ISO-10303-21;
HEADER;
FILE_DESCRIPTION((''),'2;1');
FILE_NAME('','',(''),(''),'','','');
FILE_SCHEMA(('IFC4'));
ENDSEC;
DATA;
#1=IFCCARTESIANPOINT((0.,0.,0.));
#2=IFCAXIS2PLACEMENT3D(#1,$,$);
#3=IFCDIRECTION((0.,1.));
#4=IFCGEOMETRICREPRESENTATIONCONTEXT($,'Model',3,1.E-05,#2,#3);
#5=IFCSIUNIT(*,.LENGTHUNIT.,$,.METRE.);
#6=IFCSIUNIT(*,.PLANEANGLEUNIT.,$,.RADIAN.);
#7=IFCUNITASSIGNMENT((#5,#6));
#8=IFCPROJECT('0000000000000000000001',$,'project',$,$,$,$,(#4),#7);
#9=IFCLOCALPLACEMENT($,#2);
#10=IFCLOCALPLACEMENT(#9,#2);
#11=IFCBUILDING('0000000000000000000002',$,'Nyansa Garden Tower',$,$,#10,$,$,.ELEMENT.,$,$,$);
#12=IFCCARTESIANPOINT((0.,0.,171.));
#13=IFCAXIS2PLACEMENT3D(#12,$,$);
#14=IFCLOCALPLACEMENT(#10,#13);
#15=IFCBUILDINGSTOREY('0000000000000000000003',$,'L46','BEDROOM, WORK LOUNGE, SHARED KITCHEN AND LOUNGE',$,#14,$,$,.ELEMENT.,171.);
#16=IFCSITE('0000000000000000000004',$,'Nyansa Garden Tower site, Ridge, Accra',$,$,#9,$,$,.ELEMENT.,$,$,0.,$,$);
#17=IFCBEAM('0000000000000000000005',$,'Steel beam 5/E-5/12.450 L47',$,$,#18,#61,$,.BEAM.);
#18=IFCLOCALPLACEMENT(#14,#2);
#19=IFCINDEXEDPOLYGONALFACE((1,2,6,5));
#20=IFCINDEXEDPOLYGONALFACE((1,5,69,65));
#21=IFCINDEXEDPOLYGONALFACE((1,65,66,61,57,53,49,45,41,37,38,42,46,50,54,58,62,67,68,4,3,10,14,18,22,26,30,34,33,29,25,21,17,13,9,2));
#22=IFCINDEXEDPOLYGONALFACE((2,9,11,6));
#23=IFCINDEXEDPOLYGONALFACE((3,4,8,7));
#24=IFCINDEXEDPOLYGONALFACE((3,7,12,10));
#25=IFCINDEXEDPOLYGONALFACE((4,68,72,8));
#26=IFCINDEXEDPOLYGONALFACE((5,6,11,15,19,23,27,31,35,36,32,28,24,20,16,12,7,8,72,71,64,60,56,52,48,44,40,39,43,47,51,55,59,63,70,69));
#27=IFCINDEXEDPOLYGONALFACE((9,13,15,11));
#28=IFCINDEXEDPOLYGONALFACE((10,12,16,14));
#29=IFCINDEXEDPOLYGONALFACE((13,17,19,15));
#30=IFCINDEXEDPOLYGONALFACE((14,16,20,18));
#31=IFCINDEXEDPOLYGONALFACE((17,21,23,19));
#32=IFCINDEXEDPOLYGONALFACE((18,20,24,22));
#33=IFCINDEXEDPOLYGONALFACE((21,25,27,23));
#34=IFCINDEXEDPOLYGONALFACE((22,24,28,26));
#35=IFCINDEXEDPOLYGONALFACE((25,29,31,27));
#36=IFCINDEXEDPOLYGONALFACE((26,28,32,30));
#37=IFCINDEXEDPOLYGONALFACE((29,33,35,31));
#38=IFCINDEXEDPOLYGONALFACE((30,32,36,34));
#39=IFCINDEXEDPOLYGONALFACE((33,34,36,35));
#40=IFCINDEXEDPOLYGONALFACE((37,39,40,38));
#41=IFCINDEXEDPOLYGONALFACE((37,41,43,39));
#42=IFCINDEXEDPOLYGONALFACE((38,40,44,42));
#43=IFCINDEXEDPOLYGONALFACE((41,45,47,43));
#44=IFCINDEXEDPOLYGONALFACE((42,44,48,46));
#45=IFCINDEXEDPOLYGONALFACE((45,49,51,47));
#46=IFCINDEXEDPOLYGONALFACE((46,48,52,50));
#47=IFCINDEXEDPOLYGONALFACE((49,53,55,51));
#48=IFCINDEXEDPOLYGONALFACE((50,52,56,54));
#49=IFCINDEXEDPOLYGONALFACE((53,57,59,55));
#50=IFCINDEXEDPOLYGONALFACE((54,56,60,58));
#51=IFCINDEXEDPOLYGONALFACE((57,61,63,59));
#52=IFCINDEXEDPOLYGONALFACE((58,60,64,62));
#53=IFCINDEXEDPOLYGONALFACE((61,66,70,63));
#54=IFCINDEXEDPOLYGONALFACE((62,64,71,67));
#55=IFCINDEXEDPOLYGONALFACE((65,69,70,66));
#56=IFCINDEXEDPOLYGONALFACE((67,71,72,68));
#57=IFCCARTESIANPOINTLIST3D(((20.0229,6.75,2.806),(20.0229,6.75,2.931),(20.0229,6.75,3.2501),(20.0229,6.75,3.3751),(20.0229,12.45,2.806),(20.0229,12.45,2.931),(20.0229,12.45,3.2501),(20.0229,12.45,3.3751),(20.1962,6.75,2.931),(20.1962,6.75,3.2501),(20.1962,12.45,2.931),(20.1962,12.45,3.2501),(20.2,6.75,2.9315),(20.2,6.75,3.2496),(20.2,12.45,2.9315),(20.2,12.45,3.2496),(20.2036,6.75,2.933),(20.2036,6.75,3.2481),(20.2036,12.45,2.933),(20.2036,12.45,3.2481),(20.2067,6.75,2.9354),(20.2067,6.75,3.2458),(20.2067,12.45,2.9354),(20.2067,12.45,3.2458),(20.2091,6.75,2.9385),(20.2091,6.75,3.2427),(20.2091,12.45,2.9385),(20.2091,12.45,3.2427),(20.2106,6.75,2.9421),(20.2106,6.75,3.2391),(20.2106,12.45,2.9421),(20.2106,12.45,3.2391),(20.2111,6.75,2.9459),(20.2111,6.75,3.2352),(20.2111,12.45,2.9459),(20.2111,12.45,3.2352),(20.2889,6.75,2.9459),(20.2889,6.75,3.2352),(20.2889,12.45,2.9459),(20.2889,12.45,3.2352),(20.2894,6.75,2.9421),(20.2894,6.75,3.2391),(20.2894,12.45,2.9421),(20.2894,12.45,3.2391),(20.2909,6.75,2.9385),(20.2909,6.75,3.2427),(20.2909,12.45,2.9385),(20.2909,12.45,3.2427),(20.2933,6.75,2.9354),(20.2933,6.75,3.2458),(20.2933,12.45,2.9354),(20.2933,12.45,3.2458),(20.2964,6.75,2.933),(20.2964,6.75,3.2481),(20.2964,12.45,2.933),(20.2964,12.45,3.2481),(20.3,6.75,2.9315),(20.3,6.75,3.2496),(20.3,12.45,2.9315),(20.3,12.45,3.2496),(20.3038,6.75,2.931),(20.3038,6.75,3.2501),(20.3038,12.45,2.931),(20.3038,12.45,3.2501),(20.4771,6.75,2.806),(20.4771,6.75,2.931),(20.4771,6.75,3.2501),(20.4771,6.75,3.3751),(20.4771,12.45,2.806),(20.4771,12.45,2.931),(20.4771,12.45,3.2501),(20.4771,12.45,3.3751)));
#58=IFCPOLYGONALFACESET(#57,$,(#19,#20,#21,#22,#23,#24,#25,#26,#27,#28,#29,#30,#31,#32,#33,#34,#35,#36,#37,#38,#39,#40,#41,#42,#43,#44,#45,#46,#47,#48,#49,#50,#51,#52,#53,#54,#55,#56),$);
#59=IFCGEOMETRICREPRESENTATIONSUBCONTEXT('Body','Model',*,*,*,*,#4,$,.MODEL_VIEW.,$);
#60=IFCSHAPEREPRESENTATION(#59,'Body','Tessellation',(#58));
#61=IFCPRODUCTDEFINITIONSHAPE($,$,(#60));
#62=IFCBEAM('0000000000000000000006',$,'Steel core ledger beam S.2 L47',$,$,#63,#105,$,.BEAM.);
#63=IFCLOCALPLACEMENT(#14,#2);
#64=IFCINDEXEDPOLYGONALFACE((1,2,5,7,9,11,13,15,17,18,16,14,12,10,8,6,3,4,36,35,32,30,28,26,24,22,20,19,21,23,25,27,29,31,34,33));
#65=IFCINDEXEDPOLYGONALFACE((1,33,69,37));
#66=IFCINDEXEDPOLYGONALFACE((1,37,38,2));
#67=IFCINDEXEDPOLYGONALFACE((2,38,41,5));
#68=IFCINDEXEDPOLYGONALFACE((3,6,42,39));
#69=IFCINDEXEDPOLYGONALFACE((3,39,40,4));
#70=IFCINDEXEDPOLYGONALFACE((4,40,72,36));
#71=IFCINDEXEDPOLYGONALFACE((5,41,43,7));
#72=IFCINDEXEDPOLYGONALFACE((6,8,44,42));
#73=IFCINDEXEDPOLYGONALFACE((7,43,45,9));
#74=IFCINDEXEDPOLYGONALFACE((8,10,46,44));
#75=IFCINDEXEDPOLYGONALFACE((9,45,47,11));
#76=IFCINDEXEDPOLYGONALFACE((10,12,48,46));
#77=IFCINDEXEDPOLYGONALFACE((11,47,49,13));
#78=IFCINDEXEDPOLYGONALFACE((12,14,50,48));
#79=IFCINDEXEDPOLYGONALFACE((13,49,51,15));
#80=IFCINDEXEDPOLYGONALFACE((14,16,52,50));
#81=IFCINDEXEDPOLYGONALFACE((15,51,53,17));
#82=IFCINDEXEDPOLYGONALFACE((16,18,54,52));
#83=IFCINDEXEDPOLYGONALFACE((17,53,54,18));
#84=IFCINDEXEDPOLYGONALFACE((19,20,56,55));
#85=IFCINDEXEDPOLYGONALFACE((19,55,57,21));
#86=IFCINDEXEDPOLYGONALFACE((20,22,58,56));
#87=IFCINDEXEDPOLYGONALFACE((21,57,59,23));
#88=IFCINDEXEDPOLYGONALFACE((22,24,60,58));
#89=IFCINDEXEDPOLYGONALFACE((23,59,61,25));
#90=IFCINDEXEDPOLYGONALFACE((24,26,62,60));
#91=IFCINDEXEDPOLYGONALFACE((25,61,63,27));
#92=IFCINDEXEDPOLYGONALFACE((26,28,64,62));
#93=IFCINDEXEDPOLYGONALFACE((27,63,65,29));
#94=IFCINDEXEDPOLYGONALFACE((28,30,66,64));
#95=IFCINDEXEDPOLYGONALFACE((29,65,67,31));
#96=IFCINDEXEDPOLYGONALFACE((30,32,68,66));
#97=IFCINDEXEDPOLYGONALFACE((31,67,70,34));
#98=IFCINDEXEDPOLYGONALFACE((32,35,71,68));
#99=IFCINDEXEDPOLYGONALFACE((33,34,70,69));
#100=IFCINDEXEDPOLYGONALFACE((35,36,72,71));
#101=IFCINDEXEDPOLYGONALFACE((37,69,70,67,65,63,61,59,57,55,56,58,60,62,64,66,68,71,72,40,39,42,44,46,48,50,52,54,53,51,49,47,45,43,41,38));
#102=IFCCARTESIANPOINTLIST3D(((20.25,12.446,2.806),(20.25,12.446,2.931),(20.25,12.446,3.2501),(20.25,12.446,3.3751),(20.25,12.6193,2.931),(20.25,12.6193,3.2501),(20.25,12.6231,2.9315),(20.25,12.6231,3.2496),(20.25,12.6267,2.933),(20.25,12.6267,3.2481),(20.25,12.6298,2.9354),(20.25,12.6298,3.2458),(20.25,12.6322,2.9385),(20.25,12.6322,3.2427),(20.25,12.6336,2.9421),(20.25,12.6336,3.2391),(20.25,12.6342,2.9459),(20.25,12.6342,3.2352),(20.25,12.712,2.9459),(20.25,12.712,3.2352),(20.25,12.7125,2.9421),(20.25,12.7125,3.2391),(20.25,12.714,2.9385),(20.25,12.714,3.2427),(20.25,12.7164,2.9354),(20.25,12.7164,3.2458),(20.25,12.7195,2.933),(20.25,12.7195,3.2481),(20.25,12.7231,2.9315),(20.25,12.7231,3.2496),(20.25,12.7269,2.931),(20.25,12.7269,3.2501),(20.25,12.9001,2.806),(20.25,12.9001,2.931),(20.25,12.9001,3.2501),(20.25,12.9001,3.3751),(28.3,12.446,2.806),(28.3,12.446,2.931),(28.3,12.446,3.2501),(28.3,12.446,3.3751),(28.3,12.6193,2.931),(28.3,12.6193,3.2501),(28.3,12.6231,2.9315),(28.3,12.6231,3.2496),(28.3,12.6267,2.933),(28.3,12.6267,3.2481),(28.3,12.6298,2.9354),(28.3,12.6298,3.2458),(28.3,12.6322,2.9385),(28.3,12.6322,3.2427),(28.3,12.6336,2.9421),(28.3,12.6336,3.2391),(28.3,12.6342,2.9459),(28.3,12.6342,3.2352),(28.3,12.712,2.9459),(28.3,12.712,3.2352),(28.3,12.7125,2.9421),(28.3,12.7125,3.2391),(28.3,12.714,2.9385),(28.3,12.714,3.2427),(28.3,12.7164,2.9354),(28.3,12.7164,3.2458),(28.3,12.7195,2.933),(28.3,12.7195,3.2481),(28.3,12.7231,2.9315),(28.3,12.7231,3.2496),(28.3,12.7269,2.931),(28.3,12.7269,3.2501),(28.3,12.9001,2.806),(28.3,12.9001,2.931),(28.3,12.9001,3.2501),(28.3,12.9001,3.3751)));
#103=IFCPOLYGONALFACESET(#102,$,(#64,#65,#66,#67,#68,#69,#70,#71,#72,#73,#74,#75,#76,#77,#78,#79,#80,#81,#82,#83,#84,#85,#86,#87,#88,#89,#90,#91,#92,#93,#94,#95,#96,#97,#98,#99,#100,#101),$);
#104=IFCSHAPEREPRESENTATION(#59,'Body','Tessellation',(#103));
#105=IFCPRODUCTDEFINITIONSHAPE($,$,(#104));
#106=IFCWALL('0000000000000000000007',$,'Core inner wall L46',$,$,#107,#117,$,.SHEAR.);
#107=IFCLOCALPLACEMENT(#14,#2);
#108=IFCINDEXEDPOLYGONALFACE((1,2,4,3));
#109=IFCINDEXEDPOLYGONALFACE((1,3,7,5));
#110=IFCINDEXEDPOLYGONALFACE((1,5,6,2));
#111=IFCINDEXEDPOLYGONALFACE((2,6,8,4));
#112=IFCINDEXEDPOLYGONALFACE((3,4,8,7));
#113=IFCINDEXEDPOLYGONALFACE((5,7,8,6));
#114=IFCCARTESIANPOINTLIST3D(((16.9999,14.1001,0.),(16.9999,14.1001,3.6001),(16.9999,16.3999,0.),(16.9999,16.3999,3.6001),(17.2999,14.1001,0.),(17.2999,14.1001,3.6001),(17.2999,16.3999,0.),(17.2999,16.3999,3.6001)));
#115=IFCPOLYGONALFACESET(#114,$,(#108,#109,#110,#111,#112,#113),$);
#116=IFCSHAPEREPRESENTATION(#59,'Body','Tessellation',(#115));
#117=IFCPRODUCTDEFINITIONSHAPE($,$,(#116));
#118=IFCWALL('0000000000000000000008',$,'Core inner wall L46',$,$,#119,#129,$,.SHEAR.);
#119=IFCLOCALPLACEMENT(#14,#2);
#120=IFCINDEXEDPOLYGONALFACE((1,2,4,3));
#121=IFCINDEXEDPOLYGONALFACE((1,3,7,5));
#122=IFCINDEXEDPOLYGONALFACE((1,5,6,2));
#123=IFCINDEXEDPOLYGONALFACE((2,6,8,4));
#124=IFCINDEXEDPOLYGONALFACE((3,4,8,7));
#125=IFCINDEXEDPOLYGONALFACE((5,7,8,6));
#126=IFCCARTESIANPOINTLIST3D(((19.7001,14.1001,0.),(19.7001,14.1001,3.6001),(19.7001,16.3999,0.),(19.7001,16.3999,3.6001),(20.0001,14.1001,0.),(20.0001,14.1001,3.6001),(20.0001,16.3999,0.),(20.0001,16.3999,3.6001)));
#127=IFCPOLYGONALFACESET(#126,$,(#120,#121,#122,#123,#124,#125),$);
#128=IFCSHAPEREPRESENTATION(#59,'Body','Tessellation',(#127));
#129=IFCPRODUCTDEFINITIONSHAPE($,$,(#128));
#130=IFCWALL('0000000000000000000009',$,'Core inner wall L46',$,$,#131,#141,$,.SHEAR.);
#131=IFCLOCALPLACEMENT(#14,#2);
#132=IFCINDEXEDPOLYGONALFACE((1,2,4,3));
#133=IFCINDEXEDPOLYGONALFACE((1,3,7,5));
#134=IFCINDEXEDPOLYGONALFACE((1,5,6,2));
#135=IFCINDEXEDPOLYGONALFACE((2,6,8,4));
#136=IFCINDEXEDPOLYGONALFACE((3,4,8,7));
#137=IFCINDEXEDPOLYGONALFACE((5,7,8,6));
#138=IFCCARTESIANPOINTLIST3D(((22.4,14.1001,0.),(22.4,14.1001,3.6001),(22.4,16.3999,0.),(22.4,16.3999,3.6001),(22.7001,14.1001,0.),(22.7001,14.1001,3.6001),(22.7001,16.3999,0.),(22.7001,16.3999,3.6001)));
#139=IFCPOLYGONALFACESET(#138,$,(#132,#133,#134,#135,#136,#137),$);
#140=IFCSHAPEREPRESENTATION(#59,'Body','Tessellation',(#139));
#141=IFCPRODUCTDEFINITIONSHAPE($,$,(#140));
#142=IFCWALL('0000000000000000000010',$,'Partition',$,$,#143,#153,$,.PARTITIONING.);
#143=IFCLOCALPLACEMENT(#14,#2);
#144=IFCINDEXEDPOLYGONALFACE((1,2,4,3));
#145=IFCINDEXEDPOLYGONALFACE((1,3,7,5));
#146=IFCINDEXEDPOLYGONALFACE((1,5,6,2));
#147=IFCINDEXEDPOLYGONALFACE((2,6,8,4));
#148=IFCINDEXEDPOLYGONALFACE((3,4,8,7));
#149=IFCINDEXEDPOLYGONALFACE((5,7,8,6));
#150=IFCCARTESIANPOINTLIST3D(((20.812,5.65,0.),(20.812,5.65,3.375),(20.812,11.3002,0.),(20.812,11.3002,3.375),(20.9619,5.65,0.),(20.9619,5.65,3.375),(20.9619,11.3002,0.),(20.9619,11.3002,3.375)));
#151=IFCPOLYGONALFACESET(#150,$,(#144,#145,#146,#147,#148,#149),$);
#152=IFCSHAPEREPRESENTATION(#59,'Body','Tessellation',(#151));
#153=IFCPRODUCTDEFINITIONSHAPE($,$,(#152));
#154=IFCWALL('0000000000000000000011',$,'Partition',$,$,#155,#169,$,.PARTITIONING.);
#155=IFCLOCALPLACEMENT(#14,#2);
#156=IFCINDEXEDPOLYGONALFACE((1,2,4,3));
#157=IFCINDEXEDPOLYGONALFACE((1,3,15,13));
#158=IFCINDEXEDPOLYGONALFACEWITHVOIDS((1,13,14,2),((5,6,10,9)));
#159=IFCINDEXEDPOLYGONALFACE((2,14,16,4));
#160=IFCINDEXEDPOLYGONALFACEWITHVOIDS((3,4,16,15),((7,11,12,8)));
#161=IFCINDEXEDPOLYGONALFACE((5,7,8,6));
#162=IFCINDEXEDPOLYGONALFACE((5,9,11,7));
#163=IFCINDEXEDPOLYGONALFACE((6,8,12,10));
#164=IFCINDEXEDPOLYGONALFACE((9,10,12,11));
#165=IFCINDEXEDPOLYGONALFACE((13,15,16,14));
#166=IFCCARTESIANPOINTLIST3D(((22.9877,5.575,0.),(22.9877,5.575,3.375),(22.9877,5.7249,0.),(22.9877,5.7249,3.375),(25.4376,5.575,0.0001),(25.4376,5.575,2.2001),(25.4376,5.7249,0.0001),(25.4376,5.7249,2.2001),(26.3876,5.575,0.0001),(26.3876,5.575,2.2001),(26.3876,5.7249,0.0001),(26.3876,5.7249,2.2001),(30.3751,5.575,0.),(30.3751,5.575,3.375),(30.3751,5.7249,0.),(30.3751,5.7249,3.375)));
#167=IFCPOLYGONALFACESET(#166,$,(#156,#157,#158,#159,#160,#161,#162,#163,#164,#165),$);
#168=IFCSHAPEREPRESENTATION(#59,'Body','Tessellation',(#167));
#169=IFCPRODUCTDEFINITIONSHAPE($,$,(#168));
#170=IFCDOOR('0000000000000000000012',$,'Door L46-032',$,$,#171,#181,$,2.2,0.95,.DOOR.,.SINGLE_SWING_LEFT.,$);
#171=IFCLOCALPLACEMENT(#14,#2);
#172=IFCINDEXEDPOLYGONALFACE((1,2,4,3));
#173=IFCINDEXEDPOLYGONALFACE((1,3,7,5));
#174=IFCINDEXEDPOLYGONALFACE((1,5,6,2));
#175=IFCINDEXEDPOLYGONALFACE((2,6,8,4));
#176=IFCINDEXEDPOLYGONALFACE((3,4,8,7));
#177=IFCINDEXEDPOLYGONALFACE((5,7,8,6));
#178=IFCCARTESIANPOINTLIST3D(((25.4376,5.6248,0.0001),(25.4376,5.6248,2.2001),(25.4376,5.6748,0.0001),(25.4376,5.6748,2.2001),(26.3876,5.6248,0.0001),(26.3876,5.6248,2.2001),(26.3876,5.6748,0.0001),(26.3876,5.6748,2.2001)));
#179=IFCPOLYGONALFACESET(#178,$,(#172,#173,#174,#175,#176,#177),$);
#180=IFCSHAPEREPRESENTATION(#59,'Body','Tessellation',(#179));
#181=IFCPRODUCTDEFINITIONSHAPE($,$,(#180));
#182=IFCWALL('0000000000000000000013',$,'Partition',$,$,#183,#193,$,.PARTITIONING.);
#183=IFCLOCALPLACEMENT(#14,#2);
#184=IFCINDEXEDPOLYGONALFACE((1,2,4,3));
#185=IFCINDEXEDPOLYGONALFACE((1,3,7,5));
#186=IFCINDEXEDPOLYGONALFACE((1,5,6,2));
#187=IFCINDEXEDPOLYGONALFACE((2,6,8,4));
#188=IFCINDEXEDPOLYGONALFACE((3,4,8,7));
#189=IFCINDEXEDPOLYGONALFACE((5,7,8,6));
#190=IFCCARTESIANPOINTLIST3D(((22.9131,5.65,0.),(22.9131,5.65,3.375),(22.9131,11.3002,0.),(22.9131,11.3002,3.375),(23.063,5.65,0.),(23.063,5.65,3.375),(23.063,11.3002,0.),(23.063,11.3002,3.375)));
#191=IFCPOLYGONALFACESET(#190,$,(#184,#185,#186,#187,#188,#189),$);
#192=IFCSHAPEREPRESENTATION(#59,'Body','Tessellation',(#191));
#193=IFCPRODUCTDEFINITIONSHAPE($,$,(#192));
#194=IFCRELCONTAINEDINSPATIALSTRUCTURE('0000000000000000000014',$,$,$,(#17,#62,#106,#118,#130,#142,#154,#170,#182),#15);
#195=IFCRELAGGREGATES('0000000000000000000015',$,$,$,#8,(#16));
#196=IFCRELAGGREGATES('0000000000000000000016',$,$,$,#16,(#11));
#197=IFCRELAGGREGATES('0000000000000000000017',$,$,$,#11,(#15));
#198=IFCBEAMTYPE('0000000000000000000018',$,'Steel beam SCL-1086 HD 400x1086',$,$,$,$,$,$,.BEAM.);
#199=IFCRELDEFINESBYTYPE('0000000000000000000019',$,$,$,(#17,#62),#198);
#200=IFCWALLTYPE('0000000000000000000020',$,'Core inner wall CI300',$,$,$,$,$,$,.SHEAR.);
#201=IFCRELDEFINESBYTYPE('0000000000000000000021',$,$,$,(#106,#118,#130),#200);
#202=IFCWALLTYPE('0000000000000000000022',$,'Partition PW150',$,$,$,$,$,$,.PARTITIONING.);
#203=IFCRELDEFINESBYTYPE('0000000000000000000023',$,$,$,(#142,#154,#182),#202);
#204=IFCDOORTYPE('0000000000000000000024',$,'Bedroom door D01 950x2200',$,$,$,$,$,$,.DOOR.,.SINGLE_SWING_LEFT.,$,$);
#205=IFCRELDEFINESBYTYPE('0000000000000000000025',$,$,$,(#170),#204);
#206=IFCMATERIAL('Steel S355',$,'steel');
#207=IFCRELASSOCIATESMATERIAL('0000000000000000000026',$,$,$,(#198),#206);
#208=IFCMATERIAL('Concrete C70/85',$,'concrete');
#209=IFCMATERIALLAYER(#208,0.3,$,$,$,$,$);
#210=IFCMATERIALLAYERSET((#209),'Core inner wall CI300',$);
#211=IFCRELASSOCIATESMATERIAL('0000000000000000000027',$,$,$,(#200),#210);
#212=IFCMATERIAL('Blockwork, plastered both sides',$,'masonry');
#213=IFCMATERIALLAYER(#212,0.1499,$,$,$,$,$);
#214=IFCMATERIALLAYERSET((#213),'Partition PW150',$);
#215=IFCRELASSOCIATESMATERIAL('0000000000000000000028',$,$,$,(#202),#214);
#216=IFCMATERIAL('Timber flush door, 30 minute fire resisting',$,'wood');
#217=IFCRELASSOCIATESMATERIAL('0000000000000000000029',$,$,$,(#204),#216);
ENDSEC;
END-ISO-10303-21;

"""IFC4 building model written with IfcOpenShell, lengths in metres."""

from ifc_helpers import new_model, si_unit, direction, frame, frame_2d, origin, origin_2d, place, context, subcontext, project, spatial, rectangle, i_section, extrude, material, layer, layer_set, material_profile, profile_set, type_object, element, fill, save


model = new_model("IFC4")

# Units and contexts
model_context = context("Model", 3, precision=1e-05, world=origin(), true_north=direction((0.0, 1.0)))
body_context = subcontext(model_context, "Body", "Model", "MODEL_VIEW")
ifc_project = project(units=[si_unit("LENGTHUNIT", "METRE"), si_unit("PLANEANGLEUNIT", "RADIAN")], contexts=[model_context])

# Site, building, storey
site_placement = place(None, origin())
site = spatial("IfcSite", under=ifc_project, at=site_placement, Name="Nyansa Garden Tower site, Ridge, Accra", CompositionType="ELEMENT", RefElevation=0.0)
building_placement = place(site_placement, origin())
building = spatial("IfcBuilding", under=site, at=building_placement, Name="Nyansa Garden Tower", CompositionType="ELEMENT")
storey_placement = place(building_placement, frame((0.0, 0.0, 171.0)))
storey = spatial("IfcBuildingStorey", under=building, at=storey_placement, Name="L46", Description="BEDROOM, WORK LOUNGE, SHARED KITCHEN AND LOUNGE", CompositionType="ELEMENT", Elevation=171.0)

# Beams
ifc_material_1 = material(Name="Steel S355", Category="steel")
ifc_material_profile_1 = material_profile(ifc_material_1, i_section(OverallWidth=0.4541, OverallDepth=0.5691, WebThickness=0.0779, FlangeThickness=0.125, FilletRadius=0.0149, at=origin_2d()), Name="HD 400x1086")
ifc_profile_set_1 = profile_set([ifc_material_profile_1], Name="Steel S355")
beam_type_1 = type_object("IfcBeamType", Name="Steel beam SCL-1086 HD 400x1086", PredefinedType="BEAM", material=ifc_profile_set_1)
beam_1_placement = place(storey_placement, frame((20.25, 6.75, 3.0906), z_axis=(0.0, 1.0, 0.0), x_axis=(-1.0, 0.0, 0.0)))
element("IfcBeam", 1, at=beam_1_placement, inside=storey, type_object=beam_type_1, Name="Steel beam 5/E-5/12.450 L47", PredefinedType="BEAM", context=body_context, shape_type="SweptSolid", body=[
    extrude(i_section(OverallWidth=0.4541, OverallDepth=0.5691, WebThickness=0.0779, FlangeThickness=0.125, FilletRadius=0.0149, at=origin_2d()), origin(), (0.0, 0.0, 1.0), 5.7),
])
beam_2_placement = place(storey_placement, frame((20.25, 12.6731, 3.0906), z_axis=(1.0, 0.0, 0.0), x_axis=(0.0, 1.0, 0.0)))
element("IfcBeam", 2, at=beam_2_placement, inside=storey, type_object=beam_type_1, Name="Steel core ledger beam S.2 L47", PredefinedType="BEAM", context=body_context, shape_type="SweptSolid", body=[
    extrude(i_section(OverallWidth=0.4541, OverallDepth=0.5691, WebThickness=0.0779, FlangeThickness=0.125, FilletRadius=0.0149, at=origin_2d()), origin(), (0.0, 0.0, 1.0), 8.05),
])

# Walls
ifc_material_2 = material(Name="Concrete C70/85", Category="concrete")
ifc_layer_1 = layer(ifc_material_2, 0.3)
ifc_layer_set_1 = layer_set([ifc_layer_1], Name="Core inner wall CI300")
wall_type_1 = type_object("IfcWallType", Name="Core inner wall CI300", PredefinedType="SHEAR", material=ifc_layer_set_1)
for number, where, z_axis, x_axis, name in (
    (3, (17.1499, 14.1001, 0.0), (0.0, 0.0, 1.0), (0.0, 1.0, 0.0), "Core inner wall L46"),
    (4, (19.8501, 14.1001, 0.0), (0.0, 0.0, 1.0), (0.0, 1.0, 0.0), "Core inner wall L46"),
    (5, (22.55, 14.1001, 0.0), (0.0, 0.0, 1.0), (0.0, 1.0, 0.0), "Core inner wall L46"),
):
    element("IfcWall", number, at=place(storey_placement, frame(where, z_axis=z_axis, x_axis=x_axis)), inside=storey, type_object=wall_type_1, Name=name, PredefinedType="SHEAR", context=body_context, shape_type="SweptSolid", body=[
        extrude(rectangle(XDim=2.2998, YDim=0.3, at=frame_2d((1.1499, 0.0))), origin(), (0.0, 0.0, 1.0), 3.6001),
    ])
ifc_material_3 = material(Name="Blockwork, plastered both sides", Category="masonry")
ifc_layer_2 = layer(ifc_material_3, 0.1499)
ifc_layer_set_2 = layer_set([ifc_layer_2], Name="Partition PW150")
wall_type_2 = type_object("IfcWallType", Name="Partition PW150", PredefinedType="PARTITIONING", material=ifc_layer_set_2)
wall_1_placement = place(storey_placement, frame((20.887, 5.6499, 0.0), z_axis=(0.0, 0.0, 1.0), x_axis=(0.0, 1.0, 0.0)))
element("IfcWall", 6, at=wall_1_placement, inside=storey, type_object=wall_type_2, Name="Partition", PredefinedType="PARTITIONING", context=body_context, shape_type="SweptSolid", body=[
    extrude(rectangle(XDim=5.6501, YDim=0.1499, at=frame_2d((2.8252, 0.0))), origin(), (0.0, 0.0, 1.0), 3.375),
])

# Wall, opening, door
wall_2_placement = place(storey_placement, frame((22.9875, 5.6499, 0.0), z_axis=(0.0, 0.0, 1.0), x_axis=(1.0, 0.0, 0.0)))
wall_2 = element("IfcWall", 7, at=wall_2_placement, inside=storey, type_object=wall_type_2, Name="Partition", PredefinedType="PARTITIONING", context=body_context, shape_type="SweptSolid", body=[
    extrude(rectangle(XDim=7.3875, YDim=0.1499, at=frame_2d((3.6938, 0.0))), origin(), (0.0, 0.0, 1.0), 3.375),
])
opening_1_placement = place(wall_2_placement, frame((2.45, 0.0, 0.0)))
opening_1 = element("IfcOpeningElement", 8, at=opening_1_placement, cuts=wall_2, PredefinedType="OPENING", context=body_context, shape_type="SweptSolid", body=[
    extrude(rectangle(XDim=0.95, YDim=2.2, at=frame_2d((0.4751, 1.1001))), frame((0.0, 0.085, 0.0), z_axis=(0.0, -1.0, 0.0), x_axis=(1.0, 0.0, 0.0)), (0.0, 0.0, 1.0), 0.1699),
])
ifc_material_4 = material(Name="Timber flush door, 30 minute fire resisting", Category="wood")
door_type_1 = type_object("IfcDoorType", Name="Bedroom door D01 950x2200", OperationType="SINGLE_SWING_LEFT", PredefinedType="DOOR", material=ifc_material_4)
door_1_placement = place(opening_1_placement, origin())
door_1 = element("IfcDoor", 9, at=door_1_placement, inside=storey, type_object=door_type_1, Name="Door L46-032", OperationType="SINGLE_SWING_LEFT", OverallHeight=2.2, OverallWidth=0.95, PredefinedType="DOOR", context=body_context, shape_type="SweptSolid", body=[
    extrude(rectangle(XDim=0.95, YDim=2.2, at=frame_2d((0.4751, 1.1001))), frame((0.0, 0.0249, 0.0), z_axis=(0.0, -1.0, 0.0), x_axis=(1.0, 0.0, 0.0)), (0.0, 0.0, 1.0), 0.05),
])
fill(opening_1, door_1)

# Wall
wall_3_placement = place(storey_placement, frame((22.988, 5.6499, 0.0), z_axis=(0.0, 0.0, 1.0), x_axis=(0.0, 1.0, 0.0)))
element("IfcWall", 10, at=wall_3_placement, inside=storey, type_object=wall_type_2, Name="Partition", PredefinedType="PARTITIONING", context=body_context, shape_type="SweptSolid", body=[
    extrude(rectangle(XDim=5.6501, YDim=0.1499, at=frame_2d((2.8252, 0.0))), origin(), (0.0, 0.0, 1.0), 3.375),
])

save(model, "model.ifc")
